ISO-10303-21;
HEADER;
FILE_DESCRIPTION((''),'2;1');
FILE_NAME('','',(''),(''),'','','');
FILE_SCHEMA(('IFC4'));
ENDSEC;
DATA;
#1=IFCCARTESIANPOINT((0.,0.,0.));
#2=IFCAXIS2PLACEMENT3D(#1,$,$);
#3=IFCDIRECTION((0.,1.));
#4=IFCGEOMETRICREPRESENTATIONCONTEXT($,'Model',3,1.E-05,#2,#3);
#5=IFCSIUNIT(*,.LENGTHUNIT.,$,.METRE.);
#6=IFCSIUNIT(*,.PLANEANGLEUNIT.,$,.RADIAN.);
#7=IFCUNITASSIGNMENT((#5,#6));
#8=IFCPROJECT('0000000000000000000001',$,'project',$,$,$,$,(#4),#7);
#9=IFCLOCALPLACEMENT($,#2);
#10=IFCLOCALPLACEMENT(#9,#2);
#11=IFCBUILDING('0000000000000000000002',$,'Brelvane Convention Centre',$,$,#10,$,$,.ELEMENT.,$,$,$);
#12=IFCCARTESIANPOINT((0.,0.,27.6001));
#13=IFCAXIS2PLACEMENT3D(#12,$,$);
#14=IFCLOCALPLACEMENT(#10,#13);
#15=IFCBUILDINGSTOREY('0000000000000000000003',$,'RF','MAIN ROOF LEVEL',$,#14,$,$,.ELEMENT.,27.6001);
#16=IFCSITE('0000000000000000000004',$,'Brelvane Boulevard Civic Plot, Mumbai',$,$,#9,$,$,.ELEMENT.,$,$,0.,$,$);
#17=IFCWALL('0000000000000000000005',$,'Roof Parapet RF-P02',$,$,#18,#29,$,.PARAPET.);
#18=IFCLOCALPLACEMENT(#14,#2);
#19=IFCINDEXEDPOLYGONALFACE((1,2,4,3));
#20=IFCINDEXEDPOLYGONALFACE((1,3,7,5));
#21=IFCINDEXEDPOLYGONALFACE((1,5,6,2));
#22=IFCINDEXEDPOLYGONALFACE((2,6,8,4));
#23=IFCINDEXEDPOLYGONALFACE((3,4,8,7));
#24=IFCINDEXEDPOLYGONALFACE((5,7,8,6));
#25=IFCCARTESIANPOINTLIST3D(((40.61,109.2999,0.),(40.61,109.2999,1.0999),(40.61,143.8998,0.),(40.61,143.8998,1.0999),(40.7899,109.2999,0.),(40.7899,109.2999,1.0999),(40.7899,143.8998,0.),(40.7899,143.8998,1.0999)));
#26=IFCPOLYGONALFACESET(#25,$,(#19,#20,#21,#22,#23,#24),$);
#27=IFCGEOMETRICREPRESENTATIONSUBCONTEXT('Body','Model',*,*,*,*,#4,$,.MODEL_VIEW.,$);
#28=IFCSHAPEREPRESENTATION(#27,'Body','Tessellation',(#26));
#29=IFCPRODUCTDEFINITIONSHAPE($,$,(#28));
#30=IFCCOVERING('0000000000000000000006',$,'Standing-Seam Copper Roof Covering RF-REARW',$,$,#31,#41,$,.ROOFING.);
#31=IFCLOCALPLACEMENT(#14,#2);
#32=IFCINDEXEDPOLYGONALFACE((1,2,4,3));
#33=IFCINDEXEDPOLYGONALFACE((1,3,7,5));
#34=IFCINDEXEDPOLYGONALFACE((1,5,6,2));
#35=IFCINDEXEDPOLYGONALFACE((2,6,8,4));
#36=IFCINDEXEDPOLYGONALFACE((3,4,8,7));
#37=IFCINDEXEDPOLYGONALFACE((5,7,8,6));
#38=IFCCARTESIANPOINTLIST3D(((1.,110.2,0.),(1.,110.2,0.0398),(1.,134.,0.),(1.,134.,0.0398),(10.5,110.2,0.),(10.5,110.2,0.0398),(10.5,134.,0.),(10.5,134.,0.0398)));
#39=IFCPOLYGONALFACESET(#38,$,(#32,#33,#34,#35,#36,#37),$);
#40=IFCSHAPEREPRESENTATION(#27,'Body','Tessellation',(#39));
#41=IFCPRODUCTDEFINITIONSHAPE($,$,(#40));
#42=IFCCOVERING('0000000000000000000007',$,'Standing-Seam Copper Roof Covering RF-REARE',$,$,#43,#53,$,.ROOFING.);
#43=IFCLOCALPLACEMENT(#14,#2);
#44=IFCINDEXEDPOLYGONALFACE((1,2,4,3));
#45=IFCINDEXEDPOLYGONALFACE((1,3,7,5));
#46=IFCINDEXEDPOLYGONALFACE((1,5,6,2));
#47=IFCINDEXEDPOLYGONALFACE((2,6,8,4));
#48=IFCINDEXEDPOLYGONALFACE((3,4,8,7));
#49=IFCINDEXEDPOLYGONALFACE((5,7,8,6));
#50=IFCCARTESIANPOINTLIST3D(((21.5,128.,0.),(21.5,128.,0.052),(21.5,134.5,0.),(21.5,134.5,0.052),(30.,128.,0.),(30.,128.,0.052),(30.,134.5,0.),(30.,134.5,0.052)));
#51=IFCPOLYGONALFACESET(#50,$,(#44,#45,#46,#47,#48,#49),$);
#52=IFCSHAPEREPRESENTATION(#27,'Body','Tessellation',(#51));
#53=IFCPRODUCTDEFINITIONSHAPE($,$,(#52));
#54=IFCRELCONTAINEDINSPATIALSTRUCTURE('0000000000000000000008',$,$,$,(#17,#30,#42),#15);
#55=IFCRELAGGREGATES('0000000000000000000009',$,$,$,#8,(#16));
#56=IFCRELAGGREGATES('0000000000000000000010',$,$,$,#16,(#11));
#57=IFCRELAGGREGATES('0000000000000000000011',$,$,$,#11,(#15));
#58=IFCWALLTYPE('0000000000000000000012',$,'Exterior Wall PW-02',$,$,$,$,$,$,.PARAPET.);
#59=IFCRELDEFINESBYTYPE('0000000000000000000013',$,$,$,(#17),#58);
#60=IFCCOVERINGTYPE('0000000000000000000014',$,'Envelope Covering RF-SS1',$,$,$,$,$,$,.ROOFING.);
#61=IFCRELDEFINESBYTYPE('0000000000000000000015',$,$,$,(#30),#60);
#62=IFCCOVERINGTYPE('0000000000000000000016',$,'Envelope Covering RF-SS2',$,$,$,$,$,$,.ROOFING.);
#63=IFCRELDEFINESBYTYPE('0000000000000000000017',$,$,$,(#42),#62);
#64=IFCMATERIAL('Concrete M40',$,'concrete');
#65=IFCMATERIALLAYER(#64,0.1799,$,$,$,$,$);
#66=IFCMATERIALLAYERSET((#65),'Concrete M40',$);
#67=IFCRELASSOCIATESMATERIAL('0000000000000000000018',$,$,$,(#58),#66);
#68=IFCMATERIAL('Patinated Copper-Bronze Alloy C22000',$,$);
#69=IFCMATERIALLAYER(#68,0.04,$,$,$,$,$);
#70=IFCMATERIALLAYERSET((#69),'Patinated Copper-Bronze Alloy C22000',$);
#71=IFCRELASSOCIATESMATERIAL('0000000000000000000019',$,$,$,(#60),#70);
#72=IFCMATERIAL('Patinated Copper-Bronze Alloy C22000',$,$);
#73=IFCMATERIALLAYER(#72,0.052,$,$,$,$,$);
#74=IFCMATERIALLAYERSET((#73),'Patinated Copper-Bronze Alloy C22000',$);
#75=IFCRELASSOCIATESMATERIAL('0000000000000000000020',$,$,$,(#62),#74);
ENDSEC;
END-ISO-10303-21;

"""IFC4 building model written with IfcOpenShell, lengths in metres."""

from ifc_helpers import new_model, si_unit, direction, frame, frame_2d, origin, place, context, subcontext, project, spatial, polyline, rectangle, outline, extrude, material, layer, layer_set, type_object, element, save


model = new_model("IFC4")

# Units and contexts
model_context = context("Model", 3, precision=1e-05, world=origin(), true_north=direction((0.0, 1.0)))
body_context = subcontext(model_context, "Body", "Model", "MODEL_VIEW")
ifc_project = project(units=[si_unit("LENGTHUNIT", "METRE"), si_unit("PLANEANGLEUNIT", "RADIAN")], contexts=[model_context])

# Site, building, storey
site_placement = place(None, origin())
site = spatial("IfcSite", under=ifc_project, at=site_placement, Name="Brelvane Boulevard Civic Plot, Mumbai", CompositionType="ELEMENT", RefElevation=0.0)
building_placement = place(site_placement, origin())
building = spatial("IfcBuilding", under=site, at=building_placement, Name="Brelvane Convention Centre", CompositionType="ELEMENT")
storey_placement = place(building_placement, frame((0.0, 0.0, 27.6001)))
storey = spatial("IfcBuildingStorey", under=building, at=storey_placement, Name="RF", Description="MAIN ROOF LEVEL", CompositionType="ELEMENT", Elevation=27.6001)

# Wall
ifc_material_1 = material(Name="Concrete M40", Category="concrete")
ifc_layer_1 = layer(ifc_material_1, 0.1799)
ifc_layer_set_1 = layer_set([ifc_layer_1], Name="Concrete M40")
wall_type = type_object("IfcWallType", Name="Exterior Wall PW-02", PredefinedType="PARAPET", material=ifc_layer_set_1)
wall_1_placement = place(storey_placement, frame((40.7, 109.3, 0.0), z_axis=(0.0, 0.0, 1.0), x_axis=(0.0, 1.0, 0.0)))
element("IfcWall", 1, at=wall_1_placement, inside=storey, type_object=wall_type, Name="Roof Parapet RF-P02", PredefinedType="PARAPET", context=body_context, shape_type="SweptSolid", body=[
    extrude(rectangle(XDim=34.5999, YDim=0.1799, at=frame_2d((17.2998, 0.0))), origin(), (0.0, 0.0, 1.0), 1.0999),
])

# Coverings
ifc_material_2 = material(Name="Patinated Copper-Bronze Alloy C22000")
ifc_layer_2 = layer(ifc_material_2, 0.04)
ifc_layer_set_2 = layer_set([ifc_layer_2], Name="Patinated Copper-Bronze Alloy C22000")
covering_type_1 = type_object("IfcCoveringType", Name="Envelope Covering RF-SS1", PredefinedType="ROOFING", material=ifc_layer_set_2)
covering_1_placement = place(storey_placement, origin())
element("IfcCovering", 2, at=covering_1_placement, inside=storey, type_object=covering_type_1, Name="Standing-Seam Copper Roof Covering RF-REARW", PredefinedType="ROOFING", context=body_context, shape_type="SweptSolid", body=[
    extrude(outline(polyline([(1.0, 110.2), (10.5, 110.2), (10.5, 134.0), (1.0, 134.0), (1.0, 110.2)])), origin(), (0.0, 0.0, 1.0), 0.0398),
])
ifc_material_3 = material(Name="Patinated Copper-Bronze Alloy C22000")
ifc_layer_3 = layer(ifc_material_3, 0.052)
ifc_layer_set_3 = layer_set([ifc_layer_3], Name="Patinated Copper-Bronze Alloy C22000")
covering_type_2 = type_object("IfcCoveringType", Name="Envelope Covering RF-SS2", PredefinedType="ROOFING", material=ifc_layer_set_3)
covering_2_placement = place(storey_placement, origin())
element("IfcCovering", 3, at=covering_2_placement, inside=storey, type_object=covering_type_2, Name="Standing-Seam Copper Roof Covering RF-REARE", PredefinedType="ROOFING", context=body_context, shape_type="SweptSolid", body=[
    extrude(outline(polyline([(21.5, 128.0), (30.0, 128.0), (30.0, 134.5), (21.5, 134.5), (21.5, 128.0)])), origin(), (0.0, 0.0, 1.0), 0.052),
])

save(model, "model.ifc")
